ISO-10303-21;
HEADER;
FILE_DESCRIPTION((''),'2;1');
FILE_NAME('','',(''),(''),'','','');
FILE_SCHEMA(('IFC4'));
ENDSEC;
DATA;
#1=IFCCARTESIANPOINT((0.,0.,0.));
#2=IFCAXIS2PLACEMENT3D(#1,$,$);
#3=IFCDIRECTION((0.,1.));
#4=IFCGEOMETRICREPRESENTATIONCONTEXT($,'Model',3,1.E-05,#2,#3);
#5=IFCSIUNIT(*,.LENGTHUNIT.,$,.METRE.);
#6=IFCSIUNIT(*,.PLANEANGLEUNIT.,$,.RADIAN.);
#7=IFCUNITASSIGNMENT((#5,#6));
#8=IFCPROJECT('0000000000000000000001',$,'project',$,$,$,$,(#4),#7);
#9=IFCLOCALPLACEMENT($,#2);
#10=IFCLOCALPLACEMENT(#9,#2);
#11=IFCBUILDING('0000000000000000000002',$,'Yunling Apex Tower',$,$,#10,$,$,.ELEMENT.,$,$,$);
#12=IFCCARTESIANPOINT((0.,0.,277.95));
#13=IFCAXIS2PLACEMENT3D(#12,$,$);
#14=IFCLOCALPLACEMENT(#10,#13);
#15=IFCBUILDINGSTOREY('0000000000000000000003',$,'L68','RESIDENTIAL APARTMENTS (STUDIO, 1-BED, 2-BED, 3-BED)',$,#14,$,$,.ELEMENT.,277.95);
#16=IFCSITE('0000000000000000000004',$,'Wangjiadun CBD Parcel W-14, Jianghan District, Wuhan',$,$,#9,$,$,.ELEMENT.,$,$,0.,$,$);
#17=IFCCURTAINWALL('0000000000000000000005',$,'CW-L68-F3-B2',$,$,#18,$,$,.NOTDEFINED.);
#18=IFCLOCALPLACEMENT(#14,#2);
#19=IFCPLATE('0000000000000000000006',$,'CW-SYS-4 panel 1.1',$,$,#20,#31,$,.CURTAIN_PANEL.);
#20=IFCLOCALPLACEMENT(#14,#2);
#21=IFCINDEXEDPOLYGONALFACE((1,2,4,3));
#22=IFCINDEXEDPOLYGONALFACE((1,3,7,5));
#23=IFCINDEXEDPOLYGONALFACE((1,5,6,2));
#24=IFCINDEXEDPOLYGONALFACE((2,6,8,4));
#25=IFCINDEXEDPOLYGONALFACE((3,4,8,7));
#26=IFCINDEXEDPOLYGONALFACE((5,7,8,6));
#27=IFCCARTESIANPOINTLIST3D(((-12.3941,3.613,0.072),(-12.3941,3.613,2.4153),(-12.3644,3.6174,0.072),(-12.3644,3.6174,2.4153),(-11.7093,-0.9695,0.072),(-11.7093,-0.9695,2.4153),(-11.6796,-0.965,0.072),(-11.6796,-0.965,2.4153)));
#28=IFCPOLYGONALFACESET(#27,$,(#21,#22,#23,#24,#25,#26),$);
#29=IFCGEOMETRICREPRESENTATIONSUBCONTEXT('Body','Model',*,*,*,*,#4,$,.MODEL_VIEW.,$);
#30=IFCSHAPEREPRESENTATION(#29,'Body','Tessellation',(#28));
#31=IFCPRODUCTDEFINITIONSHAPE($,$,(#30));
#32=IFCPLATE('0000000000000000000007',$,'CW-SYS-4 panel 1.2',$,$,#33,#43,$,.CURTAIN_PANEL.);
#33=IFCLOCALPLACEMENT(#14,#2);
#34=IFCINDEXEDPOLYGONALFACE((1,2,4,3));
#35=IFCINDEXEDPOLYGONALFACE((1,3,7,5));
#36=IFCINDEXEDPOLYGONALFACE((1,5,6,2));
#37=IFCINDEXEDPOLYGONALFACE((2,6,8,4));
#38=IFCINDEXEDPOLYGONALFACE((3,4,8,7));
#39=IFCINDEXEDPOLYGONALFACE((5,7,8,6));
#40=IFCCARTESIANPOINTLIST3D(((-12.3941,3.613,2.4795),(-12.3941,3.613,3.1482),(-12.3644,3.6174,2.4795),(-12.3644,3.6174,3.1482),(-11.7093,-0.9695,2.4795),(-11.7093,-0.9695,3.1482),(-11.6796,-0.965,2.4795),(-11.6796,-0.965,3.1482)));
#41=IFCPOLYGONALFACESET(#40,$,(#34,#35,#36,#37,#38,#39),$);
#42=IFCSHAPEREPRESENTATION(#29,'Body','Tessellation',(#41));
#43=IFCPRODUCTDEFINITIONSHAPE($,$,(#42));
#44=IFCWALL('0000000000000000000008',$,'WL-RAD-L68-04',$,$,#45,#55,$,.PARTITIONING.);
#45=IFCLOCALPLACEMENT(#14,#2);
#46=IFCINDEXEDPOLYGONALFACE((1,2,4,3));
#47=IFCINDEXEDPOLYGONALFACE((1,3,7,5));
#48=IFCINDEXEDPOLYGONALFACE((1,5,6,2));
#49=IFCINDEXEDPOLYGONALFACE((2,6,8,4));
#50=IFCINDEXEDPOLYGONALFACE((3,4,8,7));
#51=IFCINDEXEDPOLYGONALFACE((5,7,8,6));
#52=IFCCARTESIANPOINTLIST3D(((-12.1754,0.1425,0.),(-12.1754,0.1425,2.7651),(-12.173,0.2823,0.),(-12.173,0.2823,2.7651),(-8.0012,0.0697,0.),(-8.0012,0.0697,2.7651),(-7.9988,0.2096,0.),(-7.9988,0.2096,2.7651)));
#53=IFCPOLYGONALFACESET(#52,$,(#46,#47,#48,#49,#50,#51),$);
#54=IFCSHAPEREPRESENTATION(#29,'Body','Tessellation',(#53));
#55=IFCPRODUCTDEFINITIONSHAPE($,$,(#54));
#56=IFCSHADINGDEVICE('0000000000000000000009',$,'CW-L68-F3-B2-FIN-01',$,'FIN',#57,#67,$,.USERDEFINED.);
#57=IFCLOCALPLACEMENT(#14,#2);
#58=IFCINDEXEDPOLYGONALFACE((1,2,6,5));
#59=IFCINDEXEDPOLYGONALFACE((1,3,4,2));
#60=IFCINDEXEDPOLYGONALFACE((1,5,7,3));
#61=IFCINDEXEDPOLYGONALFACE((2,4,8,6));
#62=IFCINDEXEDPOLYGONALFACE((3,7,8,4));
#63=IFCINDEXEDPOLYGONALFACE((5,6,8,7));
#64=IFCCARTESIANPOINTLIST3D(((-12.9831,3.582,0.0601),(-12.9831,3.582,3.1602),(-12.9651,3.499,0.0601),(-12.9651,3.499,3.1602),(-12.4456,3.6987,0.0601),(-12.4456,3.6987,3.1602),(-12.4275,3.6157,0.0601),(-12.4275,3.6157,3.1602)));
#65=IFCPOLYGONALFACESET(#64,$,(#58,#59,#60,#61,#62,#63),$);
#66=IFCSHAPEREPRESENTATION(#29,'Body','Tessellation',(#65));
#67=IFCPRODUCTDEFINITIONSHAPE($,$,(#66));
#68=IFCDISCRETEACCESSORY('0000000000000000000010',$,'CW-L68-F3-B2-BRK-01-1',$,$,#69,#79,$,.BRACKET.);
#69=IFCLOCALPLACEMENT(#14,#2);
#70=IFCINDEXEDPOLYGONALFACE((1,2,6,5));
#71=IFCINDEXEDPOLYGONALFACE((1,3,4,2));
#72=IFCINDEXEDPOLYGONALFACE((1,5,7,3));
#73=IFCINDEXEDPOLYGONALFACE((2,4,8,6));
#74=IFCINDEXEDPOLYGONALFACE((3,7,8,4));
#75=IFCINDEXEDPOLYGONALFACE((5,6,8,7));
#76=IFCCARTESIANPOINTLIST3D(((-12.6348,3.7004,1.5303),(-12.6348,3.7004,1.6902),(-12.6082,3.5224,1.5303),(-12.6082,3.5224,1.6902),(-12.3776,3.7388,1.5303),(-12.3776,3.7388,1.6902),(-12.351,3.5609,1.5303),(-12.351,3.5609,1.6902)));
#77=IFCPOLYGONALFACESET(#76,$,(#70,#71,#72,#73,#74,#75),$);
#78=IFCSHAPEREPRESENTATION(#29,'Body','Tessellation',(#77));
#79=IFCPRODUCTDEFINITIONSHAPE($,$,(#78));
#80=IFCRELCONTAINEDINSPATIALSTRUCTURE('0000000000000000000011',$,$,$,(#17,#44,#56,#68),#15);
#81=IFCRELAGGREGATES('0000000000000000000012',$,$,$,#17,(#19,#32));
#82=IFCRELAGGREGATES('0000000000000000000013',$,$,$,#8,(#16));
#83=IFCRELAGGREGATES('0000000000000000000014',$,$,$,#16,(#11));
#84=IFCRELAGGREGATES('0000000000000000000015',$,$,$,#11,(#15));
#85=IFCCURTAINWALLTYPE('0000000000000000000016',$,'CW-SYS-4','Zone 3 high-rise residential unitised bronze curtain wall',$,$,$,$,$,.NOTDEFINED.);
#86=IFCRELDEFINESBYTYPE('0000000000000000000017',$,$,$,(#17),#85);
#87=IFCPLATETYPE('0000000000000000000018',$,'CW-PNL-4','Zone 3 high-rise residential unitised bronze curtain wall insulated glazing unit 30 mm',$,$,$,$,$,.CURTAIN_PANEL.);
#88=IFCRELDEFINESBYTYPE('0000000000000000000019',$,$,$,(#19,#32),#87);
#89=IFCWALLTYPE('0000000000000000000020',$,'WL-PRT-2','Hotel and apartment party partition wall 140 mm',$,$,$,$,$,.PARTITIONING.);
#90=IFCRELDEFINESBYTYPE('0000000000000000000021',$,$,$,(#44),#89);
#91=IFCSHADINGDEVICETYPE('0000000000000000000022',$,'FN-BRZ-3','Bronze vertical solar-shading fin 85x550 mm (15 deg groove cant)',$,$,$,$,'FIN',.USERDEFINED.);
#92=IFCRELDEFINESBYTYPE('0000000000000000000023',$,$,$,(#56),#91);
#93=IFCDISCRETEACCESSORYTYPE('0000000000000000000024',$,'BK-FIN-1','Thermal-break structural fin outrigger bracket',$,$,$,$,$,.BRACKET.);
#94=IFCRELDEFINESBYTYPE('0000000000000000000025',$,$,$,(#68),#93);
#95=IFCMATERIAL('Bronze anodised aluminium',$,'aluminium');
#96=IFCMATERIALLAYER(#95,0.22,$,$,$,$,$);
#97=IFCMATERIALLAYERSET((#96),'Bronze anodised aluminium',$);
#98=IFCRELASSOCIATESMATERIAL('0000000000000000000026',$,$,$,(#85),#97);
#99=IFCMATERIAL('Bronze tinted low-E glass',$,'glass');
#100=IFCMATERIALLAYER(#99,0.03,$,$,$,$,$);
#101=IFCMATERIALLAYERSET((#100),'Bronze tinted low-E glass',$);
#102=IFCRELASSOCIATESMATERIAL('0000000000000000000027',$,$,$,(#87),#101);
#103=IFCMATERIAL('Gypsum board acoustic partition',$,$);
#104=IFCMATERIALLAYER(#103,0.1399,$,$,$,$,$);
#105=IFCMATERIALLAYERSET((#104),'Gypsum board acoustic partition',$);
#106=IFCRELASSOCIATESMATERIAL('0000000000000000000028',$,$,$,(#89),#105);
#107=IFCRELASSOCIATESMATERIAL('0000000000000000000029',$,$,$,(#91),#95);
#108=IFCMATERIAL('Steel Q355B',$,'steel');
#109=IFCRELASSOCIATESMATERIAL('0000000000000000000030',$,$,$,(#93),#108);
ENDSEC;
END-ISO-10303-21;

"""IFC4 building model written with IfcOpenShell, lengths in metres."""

from ifc_helpers import new_model, si_unit, direction, frame, frame_2d, origin, origin_2d, place, context, subcontext, project, spatial, rectangle, extrude, source, transform, mapped, material, layer, layer_set, material_profile, profile_set, type_object, element, aggregate, save


model = new_model("IFC4")

# Units and contexts
model_context = context("Model", 3, precision=1e-05, world=origin(), true_north=direction((0.0, 1.0)))
body_context = subcontext(model_context, "Body", "Model", "MODEL_VIEW")
ifc_project = project(units=[si_unit("LENGTHUNIT", "METRE"), si_unit("PLANEANGLEUNIT", "RADIAN")], contexts=[model_context])

# Site, building, storey
site_placement = place(None, origin())
site = spatial("IfcSite", under=ifc_project, at=site_placement, Name="Wangjiadun CBD Parcel W-14, Jianghan District, Wuhan", CompositionType="ELEMENT", RefElevation=0.0)
building_placement = place(site_placement, origin())
building = spatial("IfcBuilding", under=site, at=building_placement, Name="Yunling Apex Tower", CompositionType="ELEMENT")
storey_placement = place(building_placement, frame((0.0, 0.0, 277.95)))
storey = spatial("IfcBuildingStorey", under=building, at=storey_placement, Name="L68", Description="RESIDENTIAL APARTMENTS (STUDIO, 1-BED, 2-BED, 3-BED)", CompositionType="ELEMENT", Elevation=277.95)

# Shared definitions
ifc_material_1 = material(Name="Steel Q355B", Category="steel")

# Shared definitions
ifc_material_2 = material(Name="Bronze anodised aluminium", Category="aluminium")
ifc_layer_1 = layer(ifc_material_2, 0.22)
ifc_layer_set_1 = layer_set([ifc_layer_1], Name="Bronze anodised aluminium")
curtain_wall_type = type_object("IfcCurtainWallType", Name="CW-SYS-4", Description="Zone 3 high-rise residential unitised bronze curtain wall", PredefinedType="NOTDEFINED", material=ifc_layer_set_1)

# Curtain wall
curtain_wall_1_placement = place(storey_placement, origin())
curtain_wall_1 = element("IfcCurtainWall", 1, at=curtain_wall_1_placement, inside=storey, type_object=curtain_wall_type, Name="CW-L68-F3-B2", PredefinedType="NOTDEFINED")

# Plates
ifc_material_3 = material(Name="Bronze tinted low-E glass", Category="glass")
ifc_layer_2 = layer(ifc_material_3, 0.03)
ifc_layer_set_2 = layer_set([ifc_layer_2], Name="Bronze tinted low-E glass")
plate_type_1 = type_object("IfcPlateType", Name="CW-PNL-4", Description="Zone 3 high-rise residential unitised bronze curtain wall insulated glazing unit 30 mm", PredefinedType="CURTAIN_PANEL", material=ifc_layer_set_2)
shared_shape_1 = source(origin(), body_context, "Body", "SweptSolid", [
    extrude(rectangle(XDim=4.6333, YDim=0.03, at=origin_2d()), origin(), (0.0, 0.0, 1.0), 2.3433),
])
plate_1_placement = place(storey_placement, frame((-12.0369, 1.324, 0.072), z_axis=(0.0, 0.0, 1.0), x_axis=(0.147804, -0.989017, 0.0)))
plate_1 = element("IfcPlate", 2, at=plate_1_placement, type_object=plate_type_1, Name="CW-SYS-4 panel 1.1", PredefinedType="CURTAIN_PANEL", context=body_context, shape_type="MappedRepresentation", body=[
    mapped(shared_shape_1, transform((0.0, 0.0, 0.0), scale=1.0)),
])
shared_shape_2 = source(origin(), body_context, "Body", "SweptSolid", [
    extrude(rectangle(XDim=4.6333, YDim=0.03, at=origin_2d()), origin(), (0.0, 0.0, 1.0), 0.6687),
])
plate_2_placement = place(storey_placement, frame((-12.0369, 1.324, 2.4795), z_axis=(0.0, 0.0, 1.0), x_axis=(0.147804, -0.989017, 0.0)))
plate_2 = element("IfcPlate", 3, at=plate_2_placement, type_object=plate_type_1, Name="CW-SYS-4 panel 1.2", PredefinedType="CURTAIN_PANEL", context=body_context, shape_type="MappedRepresentation", body=[
    mapped(shared_shape_2, transform((0.0, 0.0, 0.0), scale=1.0)),
])
aggregate(curtain_wall_1, [plate_1, plate_2])

# Wall
ifc_material_4 = material(Name="Gypsum board acoustic partition")
ifc_layer_3 = layer(ifc_material_4, 0.1399)
ifc_layer_set_3 = layer_set([ifc_layer_3], Name="Gypsum board acoustic partition")
wall_type = type_object("IfcWallType", Name="WL-PRT-2", Description="Hotel and apartment party partition wall 140 mm", PredefinedType="PARTITIONING", material=ifc_layer_set_3)
wall_placement = place(storey_placement, frame((-8.0, 0.1396, 0.0), z_axis=(0.0, 0.0, 1.0), x_axis=(-0.999848, 0.017427, 0.0)))
element("IfcWall", 4, at=wall_placement, inside=storey, type_object=wall_type, Name="WL-RAD-L68-04", PredefinedType="PARTITIONING", context=body_context, shape_type="SweptSolid", body=[
    extrude(rectangle(XDim=4.1748, YDim=0.1399, at=frame_2d((2.0874, 0.0))), origin(), (0.0, 0.0, 1.0), 2.7651),
])

# Shading device
ifc_material_profile_1 = material_profile(ifc_material_2, rectangle(XDim=0.085, YDim=0.55, at=origin_2d()))
ifc_profile_set_1 = profile_set([ifc_material_profile_1], Name="Bronze anodised aluminium")
shading_device_type = type_object("IfcShadingDeviceType", Name="FN-BRZ-3", Description="Bronze vertical solar-shading fin 85x550 mm (15 deg groove cant)", ElementType="FIN", PredefinedType="USERDEFINED", material=ifc_profile_set_1)
shared_shape_3 = source(origin(), body_context, "Body", "SweptSolid", [
    extrude(rectangle(XDim=0.085, YDim=0.55, at=origin_2d()), origin(), (0.0, 0.0, 1.0), 3.1001),
])
shading_device_placement = place(storey_placement, frame((-12.7053, 3.5989, 0.0601), z_axis=(0.0, 0.0, 1.0), x_axis=(0.212178, -0.977231, 0.0)))
element("IfcShadingDevice", 5, at=shading_device_placement, inside=storey, type_object=shading_device_type, Name="CW-L68-F3-B2-FIN-01", ObjectType="FIN", PredefinedType="USERDEFINED", context=body_context, shape_type="MappedRepresentation", body=[
    mapped(shared_shape_3, transform((0.0, 0.0, 0.0), scale=1.0)),
])

# Discrete accessory
discrete_accessory_type = type_object("IfcDiscreteAccessoryType", Name="BK-FIN-1", Description="Thermal-break structural fin outrigger bracket", PredefinedType="BRACKET", material=ifc_material_1)
shared_shape_4 = source(origin(), body_context, "Body", "SweptSolid", [
    extrude(rectangle(XDim=0.1799, YDim=0.26, at=origin_2d()), origin(), (0.0, 0.0, 1.0), 0.1599),
])
discrete_accessory_placement = place(storey_placement, frame((-12.4929, 3.6306, 1.5303), z_axis=(0.0, 0.0, 1.0), x_axis=(0.147809, -0.989016, 0.0)))
element("IfcDiscreteAccessory", 6, at=discrete_accessory_placement, inside=storey, type_object=discrete_accessory_type, Name="CW-L68-F3-B2-BRK-01-1", PredefinedType="BRACKET", context=body_context, shape_type="MappedRepresentation", body=[
    mapped(shared_shape_4, transform((0.0, 0.0, 0.0), scale=1.0)),
])

save(model, "model.ifc")
